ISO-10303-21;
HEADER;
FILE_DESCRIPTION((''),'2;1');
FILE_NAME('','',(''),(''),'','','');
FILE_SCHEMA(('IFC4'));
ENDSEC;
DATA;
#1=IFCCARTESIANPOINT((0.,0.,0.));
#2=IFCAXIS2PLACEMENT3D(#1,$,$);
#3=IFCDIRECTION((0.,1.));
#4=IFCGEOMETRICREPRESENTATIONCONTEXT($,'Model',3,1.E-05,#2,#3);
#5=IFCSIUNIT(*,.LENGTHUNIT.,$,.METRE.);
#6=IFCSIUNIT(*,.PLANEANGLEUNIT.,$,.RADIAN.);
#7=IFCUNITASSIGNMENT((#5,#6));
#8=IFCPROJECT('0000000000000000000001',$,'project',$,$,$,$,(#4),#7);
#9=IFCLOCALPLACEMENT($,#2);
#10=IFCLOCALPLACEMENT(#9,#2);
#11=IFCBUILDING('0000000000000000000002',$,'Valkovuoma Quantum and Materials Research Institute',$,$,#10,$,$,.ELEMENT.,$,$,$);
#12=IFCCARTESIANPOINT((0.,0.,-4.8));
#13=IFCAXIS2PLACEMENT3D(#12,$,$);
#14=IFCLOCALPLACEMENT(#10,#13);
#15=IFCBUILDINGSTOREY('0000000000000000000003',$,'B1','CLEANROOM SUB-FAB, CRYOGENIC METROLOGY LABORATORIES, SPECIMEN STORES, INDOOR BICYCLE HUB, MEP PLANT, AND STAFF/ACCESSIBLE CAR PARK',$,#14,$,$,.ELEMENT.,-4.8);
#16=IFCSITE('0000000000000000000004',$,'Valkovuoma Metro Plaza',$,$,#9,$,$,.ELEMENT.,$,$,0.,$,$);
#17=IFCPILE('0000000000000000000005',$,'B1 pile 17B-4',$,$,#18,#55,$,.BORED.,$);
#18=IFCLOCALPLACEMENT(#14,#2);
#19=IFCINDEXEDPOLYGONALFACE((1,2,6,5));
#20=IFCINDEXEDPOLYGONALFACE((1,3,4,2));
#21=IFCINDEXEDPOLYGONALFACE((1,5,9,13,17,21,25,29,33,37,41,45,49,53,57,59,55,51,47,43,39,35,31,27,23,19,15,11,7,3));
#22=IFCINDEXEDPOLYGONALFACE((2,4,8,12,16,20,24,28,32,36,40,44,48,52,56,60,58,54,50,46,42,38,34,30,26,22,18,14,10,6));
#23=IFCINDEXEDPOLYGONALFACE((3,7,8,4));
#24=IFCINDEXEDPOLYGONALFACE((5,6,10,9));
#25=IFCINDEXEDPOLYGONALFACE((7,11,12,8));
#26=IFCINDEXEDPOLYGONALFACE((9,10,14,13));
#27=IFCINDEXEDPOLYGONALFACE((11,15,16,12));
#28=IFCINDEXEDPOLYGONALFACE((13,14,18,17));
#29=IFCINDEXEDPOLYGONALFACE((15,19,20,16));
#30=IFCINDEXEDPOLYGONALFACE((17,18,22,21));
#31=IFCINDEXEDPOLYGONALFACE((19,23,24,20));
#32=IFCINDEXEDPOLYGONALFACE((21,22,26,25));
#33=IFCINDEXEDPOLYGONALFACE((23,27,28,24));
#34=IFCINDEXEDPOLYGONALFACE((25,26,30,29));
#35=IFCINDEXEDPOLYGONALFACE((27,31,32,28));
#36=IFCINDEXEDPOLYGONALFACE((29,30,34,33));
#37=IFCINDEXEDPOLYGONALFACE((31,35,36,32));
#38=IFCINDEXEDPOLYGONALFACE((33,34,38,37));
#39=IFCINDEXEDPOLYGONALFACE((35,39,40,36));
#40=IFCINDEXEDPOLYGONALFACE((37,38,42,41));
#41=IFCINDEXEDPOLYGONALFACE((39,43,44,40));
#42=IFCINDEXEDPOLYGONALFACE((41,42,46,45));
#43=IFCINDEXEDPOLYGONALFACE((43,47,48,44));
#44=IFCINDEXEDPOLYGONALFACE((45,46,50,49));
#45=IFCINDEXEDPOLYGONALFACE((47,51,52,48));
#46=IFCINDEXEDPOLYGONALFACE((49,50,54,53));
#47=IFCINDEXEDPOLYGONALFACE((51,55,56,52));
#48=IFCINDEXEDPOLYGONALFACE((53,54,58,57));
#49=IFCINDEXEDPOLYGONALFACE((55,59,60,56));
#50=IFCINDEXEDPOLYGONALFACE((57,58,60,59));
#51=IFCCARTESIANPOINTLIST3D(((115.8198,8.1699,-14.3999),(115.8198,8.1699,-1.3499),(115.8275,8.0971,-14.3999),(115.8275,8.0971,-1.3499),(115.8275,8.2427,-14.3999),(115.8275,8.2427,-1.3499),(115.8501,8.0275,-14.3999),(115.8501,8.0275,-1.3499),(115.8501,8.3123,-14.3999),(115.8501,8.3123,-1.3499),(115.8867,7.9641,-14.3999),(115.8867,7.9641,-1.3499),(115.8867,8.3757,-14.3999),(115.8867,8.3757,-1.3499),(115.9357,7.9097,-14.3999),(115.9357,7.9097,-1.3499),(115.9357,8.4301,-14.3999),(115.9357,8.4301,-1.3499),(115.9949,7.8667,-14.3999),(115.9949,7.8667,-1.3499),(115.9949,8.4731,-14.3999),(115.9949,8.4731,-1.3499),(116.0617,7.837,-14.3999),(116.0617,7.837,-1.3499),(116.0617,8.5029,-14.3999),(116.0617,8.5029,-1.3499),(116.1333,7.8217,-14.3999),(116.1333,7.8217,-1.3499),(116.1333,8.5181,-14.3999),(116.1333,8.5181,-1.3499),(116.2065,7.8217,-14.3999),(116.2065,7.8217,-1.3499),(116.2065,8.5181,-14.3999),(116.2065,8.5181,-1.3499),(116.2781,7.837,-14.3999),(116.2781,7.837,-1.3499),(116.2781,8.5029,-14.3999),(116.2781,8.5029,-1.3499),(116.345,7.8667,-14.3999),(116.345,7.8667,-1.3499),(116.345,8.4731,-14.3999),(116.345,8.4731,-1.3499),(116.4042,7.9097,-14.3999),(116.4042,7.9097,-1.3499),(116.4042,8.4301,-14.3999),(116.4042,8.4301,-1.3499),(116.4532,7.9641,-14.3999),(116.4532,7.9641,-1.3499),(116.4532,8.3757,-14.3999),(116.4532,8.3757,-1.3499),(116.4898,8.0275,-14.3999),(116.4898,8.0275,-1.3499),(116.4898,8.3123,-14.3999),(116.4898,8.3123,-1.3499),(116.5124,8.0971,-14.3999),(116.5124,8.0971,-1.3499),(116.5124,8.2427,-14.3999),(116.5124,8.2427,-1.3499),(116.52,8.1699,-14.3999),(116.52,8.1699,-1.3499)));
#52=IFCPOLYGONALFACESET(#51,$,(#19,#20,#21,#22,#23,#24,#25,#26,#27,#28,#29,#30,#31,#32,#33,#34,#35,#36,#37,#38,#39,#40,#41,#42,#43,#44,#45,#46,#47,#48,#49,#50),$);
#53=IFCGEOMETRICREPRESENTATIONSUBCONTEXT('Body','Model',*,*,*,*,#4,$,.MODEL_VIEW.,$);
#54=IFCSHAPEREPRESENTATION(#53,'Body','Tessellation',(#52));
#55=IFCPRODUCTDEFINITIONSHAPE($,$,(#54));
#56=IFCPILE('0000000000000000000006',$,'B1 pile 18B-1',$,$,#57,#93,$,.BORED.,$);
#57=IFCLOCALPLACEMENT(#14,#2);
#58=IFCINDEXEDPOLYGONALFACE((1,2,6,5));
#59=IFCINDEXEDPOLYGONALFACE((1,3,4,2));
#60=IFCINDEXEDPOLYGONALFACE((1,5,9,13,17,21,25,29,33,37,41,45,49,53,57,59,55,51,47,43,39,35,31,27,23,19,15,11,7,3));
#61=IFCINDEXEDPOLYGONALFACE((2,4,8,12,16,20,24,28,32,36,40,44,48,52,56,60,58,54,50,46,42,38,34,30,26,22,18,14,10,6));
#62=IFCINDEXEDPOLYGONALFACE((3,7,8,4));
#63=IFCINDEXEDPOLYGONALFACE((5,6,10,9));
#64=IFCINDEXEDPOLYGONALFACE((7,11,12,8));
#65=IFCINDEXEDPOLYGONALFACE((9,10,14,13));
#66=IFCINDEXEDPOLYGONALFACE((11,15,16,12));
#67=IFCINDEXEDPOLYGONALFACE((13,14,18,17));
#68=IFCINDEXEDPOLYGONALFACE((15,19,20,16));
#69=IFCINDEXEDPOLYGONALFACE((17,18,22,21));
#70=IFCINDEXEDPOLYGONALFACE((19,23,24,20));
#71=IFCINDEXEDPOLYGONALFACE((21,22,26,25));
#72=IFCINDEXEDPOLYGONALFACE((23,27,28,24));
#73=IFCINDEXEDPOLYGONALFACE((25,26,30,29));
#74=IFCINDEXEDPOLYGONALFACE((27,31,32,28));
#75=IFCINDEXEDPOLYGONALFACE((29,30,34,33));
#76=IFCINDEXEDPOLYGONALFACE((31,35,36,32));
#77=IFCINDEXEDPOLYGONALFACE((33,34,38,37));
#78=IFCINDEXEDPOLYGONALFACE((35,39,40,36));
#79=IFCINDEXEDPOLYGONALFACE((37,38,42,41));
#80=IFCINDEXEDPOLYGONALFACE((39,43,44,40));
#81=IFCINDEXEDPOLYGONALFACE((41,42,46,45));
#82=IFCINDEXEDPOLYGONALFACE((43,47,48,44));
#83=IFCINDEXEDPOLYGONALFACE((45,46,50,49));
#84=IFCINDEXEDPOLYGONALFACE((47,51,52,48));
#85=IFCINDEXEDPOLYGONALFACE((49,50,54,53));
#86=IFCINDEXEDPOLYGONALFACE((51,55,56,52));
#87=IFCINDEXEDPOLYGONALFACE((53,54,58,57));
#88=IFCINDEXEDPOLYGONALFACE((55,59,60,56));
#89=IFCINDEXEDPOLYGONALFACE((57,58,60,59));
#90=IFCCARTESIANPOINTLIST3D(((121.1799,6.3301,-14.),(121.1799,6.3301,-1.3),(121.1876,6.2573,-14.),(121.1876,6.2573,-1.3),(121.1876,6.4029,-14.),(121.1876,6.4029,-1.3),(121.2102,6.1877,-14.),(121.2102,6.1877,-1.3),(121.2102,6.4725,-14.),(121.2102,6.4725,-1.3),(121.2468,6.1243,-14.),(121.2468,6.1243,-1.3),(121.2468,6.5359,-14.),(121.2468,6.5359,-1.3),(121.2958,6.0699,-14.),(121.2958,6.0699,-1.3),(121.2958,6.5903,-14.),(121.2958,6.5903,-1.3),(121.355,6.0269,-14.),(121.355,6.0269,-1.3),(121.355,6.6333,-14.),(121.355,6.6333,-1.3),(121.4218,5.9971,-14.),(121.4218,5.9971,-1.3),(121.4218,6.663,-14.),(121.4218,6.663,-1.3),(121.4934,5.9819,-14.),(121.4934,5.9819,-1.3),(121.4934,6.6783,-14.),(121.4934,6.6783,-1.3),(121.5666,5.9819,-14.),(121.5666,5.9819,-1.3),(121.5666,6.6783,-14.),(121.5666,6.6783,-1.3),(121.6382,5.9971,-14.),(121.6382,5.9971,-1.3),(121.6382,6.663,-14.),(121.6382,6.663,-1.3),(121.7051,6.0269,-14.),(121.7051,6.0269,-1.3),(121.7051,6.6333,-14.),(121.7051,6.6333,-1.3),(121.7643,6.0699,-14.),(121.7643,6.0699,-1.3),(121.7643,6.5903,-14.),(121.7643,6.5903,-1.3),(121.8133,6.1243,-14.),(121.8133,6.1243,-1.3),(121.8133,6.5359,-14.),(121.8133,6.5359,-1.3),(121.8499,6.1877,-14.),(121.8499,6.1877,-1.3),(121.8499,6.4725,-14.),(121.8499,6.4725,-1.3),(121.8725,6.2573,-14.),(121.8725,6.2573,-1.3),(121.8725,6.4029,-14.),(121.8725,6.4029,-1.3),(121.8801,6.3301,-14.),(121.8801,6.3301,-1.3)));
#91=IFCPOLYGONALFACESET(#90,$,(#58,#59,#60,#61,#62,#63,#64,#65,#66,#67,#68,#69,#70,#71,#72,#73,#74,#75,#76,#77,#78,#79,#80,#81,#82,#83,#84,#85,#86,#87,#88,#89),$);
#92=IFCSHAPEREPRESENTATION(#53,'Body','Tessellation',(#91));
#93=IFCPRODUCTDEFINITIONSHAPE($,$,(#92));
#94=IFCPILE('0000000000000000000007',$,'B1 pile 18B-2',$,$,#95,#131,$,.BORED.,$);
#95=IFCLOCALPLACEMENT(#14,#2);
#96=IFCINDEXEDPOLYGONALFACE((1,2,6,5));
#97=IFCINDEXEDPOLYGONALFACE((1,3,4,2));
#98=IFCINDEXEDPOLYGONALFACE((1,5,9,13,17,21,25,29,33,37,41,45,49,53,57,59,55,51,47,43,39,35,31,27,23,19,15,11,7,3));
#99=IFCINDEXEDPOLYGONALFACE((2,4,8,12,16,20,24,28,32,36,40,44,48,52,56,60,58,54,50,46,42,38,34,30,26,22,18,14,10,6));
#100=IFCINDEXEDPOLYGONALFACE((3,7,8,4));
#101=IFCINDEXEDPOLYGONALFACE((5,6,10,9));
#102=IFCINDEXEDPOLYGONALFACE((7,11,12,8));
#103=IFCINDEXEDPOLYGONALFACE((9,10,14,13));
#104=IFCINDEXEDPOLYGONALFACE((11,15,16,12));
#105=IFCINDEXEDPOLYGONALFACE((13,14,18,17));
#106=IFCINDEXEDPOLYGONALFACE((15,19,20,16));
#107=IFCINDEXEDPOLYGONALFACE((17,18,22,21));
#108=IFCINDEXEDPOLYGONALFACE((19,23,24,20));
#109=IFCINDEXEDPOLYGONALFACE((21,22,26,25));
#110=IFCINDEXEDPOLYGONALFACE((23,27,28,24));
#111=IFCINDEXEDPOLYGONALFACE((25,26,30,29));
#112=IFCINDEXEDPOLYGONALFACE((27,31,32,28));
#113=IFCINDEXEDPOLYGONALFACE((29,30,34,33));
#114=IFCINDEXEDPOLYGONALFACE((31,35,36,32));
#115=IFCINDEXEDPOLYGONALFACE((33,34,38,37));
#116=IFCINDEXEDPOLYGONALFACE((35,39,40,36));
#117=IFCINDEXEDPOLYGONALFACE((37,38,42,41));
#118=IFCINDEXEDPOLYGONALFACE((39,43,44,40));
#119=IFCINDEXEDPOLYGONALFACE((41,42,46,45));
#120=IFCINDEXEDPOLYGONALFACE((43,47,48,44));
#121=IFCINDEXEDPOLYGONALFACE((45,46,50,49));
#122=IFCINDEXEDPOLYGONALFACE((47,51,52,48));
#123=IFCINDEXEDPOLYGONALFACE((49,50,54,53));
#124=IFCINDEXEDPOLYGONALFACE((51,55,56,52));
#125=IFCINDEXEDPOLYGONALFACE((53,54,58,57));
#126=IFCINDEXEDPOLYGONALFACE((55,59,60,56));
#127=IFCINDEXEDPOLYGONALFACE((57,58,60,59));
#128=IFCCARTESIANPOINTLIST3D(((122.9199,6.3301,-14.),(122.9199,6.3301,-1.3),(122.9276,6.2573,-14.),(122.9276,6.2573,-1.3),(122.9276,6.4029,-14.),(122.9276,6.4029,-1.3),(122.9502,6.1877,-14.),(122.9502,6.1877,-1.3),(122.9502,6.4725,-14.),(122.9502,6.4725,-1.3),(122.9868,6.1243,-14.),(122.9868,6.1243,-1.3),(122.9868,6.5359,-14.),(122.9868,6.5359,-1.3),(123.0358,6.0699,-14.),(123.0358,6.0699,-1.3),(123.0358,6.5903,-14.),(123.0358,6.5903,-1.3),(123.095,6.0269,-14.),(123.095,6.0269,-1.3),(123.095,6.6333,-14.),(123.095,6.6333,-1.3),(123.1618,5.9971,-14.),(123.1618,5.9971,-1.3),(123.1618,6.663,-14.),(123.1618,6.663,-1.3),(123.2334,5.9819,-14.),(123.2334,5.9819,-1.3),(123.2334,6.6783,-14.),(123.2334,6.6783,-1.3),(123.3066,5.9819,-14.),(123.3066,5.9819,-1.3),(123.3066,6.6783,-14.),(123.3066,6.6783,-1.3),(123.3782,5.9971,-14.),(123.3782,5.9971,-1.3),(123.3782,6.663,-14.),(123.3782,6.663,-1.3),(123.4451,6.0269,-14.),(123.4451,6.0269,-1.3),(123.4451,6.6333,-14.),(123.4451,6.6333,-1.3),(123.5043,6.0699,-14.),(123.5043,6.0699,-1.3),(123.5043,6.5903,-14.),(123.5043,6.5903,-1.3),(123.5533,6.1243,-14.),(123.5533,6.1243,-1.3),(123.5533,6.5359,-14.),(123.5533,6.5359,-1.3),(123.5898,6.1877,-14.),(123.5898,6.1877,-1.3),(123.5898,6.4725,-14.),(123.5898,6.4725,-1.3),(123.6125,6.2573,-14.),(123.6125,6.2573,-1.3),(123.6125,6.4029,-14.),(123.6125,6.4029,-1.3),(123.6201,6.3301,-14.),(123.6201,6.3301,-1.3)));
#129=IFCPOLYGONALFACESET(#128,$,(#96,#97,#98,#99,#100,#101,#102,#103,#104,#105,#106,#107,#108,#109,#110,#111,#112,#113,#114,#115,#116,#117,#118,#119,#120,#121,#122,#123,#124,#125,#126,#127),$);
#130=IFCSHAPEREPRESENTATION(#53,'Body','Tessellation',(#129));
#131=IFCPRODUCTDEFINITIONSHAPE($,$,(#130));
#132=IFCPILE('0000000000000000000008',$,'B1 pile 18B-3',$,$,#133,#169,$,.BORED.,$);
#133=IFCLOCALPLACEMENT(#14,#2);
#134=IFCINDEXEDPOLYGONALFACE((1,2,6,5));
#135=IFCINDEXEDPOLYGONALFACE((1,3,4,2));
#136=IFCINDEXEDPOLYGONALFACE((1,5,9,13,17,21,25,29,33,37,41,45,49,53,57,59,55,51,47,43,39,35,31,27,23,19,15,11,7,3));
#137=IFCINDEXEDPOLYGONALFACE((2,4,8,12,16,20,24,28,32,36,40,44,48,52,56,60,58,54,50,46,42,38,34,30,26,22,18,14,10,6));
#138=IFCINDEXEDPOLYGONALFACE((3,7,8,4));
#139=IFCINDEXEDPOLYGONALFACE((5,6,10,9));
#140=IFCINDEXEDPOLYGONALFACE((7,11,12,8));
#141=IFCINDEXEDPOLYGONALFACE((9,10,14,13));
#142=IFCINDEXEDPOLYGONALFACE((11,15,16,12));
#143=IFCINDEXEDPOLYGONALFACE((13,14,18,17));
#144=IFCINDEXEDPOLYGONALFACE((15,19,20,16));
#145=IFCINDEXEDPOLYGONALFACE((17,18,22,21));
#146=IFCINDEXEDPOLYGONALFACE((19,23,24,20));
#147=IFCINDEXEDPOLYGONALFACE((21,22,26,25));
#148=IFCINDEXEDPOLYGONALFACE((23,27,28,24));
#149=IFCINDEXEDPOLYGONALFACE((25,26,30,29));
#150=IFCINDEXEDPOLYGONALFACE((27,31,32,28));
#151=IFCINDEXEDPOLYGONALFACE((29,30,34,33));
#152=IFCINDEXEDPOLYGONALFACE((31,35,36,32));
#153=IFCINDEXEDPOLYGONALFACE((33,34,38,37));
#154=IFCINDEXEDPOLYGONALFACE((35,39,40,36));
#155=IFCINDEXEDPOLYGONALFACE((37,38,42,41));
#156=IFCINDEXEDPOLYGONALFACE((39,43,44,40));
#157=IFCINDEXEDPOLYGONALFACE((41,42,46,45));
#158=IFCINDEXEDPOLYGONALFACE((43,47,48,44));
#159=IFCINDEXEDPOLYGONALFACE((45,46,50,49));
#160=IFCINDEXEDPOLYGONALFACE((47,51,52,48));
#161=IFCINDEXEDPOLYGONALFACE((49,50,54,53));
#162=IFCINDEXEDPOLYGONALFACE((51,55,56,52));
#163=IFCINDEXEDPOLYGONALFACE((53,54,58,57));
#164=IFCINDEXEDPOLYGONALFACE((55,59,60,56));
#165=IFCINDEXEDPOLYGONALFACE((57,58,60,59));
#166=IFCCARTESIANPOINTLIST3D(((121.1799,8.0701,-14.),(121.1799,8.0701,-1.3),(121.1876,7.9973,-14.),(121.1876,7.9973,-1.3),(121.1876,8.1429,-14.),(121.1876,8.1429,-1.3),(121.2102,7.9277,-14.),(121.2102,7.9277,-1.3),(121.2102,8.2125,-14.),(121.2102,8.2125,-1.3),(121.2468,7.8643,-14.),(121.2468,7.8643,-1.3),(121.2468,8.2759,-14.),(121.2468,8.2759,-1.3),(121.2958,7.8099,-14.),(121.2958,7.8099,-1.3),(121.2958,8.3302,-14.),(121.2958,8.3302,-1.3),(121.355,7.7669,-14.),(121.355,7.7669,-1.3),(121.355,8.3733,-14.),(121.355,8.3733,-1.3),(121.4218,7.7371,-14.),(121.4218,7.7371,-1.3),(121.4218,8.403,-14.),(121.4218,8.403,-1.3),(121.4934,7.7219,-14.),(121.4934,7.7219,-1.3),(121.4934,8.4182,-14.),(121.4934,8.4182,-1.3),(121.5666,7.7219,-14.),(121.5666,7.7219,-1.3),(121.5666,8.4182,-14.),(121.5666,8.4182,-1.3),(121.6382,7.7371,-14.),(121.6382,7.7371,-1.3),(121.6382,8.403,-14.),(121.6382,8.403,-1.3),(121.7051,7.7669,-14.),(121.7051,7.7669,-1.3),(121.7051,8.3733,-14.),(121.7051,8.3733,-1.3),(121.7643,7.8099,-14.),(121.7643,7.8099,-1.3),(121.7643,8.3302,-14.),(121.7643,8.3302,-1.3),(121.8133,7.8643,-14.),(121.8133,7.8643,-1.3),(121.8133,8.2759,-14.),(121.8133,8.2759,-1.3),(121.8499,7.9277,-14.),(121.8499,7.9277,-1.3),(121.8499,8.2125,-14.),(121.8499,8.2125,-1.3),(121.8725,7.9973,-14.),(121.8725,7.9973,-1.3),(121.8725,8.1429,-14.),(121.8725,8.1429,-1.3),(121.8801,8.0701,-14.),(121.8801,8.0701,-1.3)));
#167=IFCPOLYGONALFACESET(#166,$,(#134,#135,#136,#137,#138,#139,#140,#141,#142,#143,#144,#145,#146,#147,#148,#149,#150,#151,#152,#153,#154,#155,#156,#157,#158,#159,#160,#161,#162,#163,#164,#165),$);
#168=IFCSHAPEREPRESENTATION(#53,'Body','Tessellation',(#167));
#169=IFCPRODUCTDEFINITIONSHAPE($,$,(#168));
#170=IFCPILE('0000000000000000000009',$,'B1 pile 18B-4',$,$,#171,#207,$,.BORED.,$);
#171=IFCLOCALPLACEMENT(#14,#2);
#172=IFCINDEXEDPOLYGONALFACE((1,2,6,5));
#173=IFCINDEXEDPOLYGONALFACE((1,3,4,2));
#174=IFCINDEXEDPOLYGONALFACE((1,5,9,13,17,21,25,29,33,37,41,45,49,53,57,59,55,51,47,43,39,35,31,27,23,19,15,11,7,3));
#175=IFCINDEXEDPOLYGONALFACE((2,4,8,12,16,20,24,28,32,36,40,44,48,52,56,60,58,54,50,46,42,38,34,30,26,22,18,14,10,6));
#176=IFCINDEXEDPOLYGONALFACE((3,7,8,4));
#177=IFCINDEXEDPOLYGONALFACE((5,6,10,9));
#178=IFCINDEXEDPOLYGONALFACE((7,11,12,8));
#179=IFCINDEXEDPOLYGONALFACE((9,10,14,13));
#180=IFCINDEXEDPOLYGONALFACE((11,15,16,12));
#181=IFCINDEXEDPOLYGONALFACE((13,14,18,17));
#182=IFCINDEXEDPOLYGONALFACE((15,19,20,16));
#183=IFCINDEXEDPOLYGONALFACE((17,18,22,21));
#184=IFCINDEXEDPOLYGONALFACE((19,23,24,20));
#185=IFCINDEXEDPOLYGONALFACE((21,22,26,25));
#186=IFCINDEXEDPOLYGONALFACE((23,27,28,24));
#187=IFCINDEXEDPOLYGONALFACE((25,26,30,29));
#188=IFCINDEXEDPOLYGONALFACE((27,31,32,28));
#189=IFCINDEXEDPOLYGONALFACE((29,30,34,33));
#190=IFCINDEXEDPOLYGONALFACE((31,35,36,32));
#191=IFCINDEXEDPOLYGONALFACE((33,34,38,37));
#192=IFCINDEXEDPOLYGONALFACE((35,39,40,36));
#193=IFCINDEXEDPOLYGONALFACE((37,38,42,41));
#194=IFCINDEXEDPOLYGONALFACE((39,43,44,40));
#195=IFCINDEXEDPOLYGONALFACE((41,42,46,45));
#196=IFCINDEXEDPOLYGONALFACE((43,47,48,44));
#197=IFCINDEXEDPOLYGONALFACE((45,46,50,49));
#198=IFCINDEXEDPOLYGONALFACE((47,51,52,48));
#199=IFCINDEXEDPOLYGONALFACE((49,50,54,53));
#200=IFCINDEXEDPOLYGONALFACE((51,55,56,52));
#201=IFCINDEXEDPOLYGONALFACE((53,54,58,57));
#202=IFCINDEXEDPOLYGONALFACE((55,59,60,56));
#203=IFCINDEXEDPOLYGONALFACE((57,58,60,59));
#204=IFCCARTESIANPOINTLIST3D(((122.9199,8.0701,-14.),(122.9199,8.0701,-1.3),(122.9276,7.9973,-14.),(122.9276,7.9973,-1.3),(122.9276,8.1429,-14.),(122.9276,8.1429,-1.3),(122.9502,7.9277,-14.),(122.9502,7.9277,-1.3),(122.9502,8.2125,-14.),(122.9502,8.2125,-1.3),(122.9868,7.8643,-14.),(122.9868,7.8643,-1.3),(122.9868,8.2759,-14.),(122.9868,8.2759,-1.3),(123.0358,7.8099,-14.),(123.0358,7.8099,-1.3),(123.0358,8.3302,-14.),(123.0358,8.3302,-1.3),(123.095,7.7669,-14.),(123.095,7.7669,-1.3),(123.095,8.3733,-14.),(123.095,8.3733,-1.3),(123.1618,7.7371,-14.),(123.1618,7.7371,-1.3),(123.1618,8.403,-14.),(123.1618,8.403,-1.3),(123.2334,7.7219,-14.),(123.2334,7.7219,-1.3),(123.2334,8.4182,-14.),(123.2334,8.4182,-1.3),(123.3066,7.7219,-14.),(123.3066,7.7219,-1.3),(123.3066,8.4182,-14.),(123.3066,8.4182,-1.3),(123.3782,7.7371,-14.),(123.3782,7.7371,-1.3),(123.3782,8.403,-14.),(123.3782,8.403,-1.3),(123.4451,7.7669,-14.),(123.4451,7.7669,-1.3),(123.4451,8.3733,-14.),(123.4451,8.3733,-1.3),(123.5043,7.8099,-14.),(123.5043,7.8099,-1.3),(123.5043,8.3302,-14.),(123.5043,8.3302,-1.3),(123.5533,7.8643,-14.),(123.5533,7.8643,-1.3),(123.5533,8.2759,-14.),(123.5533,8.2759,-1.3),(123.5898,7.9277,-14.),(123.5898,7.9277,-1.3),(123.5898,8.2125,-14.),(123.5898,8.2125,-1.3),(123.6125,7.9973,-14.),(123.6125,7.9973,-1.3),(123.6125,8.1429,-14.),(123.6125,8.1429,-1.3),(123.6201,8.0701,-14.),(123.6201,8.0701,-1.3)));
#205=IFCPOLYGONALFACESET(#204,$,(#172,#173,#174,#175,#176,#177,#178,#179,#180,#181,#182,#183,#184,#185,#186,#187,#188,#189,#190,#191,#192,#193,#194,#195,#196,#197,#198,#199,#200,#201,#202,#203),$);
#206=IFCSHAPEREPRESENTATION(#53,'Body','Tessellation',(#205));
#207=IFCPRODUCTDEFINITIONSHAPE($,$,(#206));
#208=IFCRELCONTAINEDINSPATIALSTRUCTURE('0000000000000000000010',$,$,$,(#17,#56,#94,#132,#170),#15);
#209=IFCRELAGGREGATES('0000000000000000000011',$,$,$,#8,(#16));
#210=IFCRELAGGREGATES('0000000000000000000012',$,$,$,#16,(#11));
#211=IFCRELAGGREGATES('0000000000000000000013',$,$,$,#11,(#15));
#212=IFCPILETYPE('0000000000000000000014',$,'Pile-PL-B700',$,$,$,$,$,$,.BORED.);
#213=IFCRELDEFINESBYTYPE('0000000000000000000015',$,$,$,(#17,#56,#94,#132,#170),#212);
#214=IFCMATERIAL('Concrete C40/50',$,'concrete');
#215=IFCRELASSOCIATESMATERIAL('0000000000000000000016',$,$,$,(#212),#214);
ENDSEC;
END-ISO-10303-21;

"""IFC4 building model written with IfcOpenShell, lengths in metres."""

from ifc_helpers import new_model, si_unit, direction, frame, origin, origin_2d, place, context, subcontext, project, spatial, circle, extrude, material, material_profile, profile_set, type_object, element, save


model = new_model("IFC4")

# Units and contexts
model_context = context("Model", 3, precision=1e-05, world=origin(), true_north=direction((0.0, 1.0)))
body_context = subcontext(model_context, "Body", "Model", "MODEL_VIEW")
ifc_project = project(units=[si_unit("LENGTHUNIT", "METRE"), si_unit("PLANEANGLEUNIT", "RADIAN")], contexts=[model_context])

# Site, building, storey
site_placement = place(None, origin())
site = spatial("IfcSite", under=ifc_project, at=site_placement, Name="Valkovuoma Metro Plaza", CompositionType="ELEMENT", RefElevation=0.0)
building_placement = place(site_placement, origin())
building = spatial("IfcBuilding", under=site, at=building_placement, Name="Valkovuoma Quantum and Materials Research Institute", CompositionType="ELEMENT")
storey_placement = place(building_placement, frame((0.0, 0.0, -4.8)))
storey = spatial("IfcBuildingStorey", under=building, at=storey_placement, Name="B1", Description="CLEANROOM SUB-FAB, CRYOGENIC METROLOGY LABORATORIES, SPECIMEN STORES, INDOOR BICYCLE HUB, MEP PLANT, AND STAFF/ACCESSIBLE CAR PARK", CompositionType="ELEMENT", Elevation=-4.8)

# Piles
ifc_material_1 = material(Name="Concrete C40/50", Category="concrete")
ifc_material_profile_1 = material_profile(ifc_material_1, circle(Radius=0.3501, at=origin_2d()), Name="Concrete C40/50")
ifc_profile_set_1 = profile_set([ifc_material_profile_1], Name="Concrete C40/50")
pile_type_1 = type_object("IfcPileType", Name="Pile-PL-B700", PredefinedType="BORED", material=ifc_profile_set_1)
for number, where, z_axis, x_axis, name in (
    (1, (116.1699, 8.1699, -1.3499), (0.0, 0.0, -1.0), (1.0, 0.0, 0.0), "B1 pile 17B-4"),
):
    element("IfcPile", number, at=place(storey_placement, frame(where, z_axis=z_axis, x_axis=x_axis)), inside=storey, type_object=pile_type_1, Name=name, PredefinedType="BORED", context=body_context, shape_type="SweptSolid", body=[
        extrude(circle(Radius=0.3501, at=origin_2d()), origin(), (0.0, 0.0, 1.0), 13.05),
    ])
for number, where, z_axis, x_axis, name in (
    (2, (121.53, 6.3301, -1.3), (0.0, 0.0, -1.0), (1.0, 0.0, 0.0), "B1 pile 18B-1"),
    (3, (123.27, 6.3301, -1.3), (0.0, 0.0, -1.0), (1.0, 0.0, 0.0), "B1 pile 18B-2"),
    (4, (121.53, 8.0701, -1.3), (0.0, 0.0, -1.0), (1.0, 0.0, 0.0), "B1 pile 18B-3"),
    (5, (123.27, 8.0701, -1.3), (0.0, 0.0, -1.0), (1.0, 0.0, 0.0), "B1 pile 18B-4"),
):
    element("IfcPile", number, at=place(storey_placement, frame(where, z_axis=z_axis, x_axis=x_axis)), inside=storey, type_object=pile_type_1, Name=name, PredefinedType="BORED", context=body_context, shape_type="SweptSolid", body=[
        extrude(circle(Radius=0.3501, at=origin_2d()), origin(), (0.0, 0.0, 1.0), 12.7),
    ])

save(model, "model.ifc")
